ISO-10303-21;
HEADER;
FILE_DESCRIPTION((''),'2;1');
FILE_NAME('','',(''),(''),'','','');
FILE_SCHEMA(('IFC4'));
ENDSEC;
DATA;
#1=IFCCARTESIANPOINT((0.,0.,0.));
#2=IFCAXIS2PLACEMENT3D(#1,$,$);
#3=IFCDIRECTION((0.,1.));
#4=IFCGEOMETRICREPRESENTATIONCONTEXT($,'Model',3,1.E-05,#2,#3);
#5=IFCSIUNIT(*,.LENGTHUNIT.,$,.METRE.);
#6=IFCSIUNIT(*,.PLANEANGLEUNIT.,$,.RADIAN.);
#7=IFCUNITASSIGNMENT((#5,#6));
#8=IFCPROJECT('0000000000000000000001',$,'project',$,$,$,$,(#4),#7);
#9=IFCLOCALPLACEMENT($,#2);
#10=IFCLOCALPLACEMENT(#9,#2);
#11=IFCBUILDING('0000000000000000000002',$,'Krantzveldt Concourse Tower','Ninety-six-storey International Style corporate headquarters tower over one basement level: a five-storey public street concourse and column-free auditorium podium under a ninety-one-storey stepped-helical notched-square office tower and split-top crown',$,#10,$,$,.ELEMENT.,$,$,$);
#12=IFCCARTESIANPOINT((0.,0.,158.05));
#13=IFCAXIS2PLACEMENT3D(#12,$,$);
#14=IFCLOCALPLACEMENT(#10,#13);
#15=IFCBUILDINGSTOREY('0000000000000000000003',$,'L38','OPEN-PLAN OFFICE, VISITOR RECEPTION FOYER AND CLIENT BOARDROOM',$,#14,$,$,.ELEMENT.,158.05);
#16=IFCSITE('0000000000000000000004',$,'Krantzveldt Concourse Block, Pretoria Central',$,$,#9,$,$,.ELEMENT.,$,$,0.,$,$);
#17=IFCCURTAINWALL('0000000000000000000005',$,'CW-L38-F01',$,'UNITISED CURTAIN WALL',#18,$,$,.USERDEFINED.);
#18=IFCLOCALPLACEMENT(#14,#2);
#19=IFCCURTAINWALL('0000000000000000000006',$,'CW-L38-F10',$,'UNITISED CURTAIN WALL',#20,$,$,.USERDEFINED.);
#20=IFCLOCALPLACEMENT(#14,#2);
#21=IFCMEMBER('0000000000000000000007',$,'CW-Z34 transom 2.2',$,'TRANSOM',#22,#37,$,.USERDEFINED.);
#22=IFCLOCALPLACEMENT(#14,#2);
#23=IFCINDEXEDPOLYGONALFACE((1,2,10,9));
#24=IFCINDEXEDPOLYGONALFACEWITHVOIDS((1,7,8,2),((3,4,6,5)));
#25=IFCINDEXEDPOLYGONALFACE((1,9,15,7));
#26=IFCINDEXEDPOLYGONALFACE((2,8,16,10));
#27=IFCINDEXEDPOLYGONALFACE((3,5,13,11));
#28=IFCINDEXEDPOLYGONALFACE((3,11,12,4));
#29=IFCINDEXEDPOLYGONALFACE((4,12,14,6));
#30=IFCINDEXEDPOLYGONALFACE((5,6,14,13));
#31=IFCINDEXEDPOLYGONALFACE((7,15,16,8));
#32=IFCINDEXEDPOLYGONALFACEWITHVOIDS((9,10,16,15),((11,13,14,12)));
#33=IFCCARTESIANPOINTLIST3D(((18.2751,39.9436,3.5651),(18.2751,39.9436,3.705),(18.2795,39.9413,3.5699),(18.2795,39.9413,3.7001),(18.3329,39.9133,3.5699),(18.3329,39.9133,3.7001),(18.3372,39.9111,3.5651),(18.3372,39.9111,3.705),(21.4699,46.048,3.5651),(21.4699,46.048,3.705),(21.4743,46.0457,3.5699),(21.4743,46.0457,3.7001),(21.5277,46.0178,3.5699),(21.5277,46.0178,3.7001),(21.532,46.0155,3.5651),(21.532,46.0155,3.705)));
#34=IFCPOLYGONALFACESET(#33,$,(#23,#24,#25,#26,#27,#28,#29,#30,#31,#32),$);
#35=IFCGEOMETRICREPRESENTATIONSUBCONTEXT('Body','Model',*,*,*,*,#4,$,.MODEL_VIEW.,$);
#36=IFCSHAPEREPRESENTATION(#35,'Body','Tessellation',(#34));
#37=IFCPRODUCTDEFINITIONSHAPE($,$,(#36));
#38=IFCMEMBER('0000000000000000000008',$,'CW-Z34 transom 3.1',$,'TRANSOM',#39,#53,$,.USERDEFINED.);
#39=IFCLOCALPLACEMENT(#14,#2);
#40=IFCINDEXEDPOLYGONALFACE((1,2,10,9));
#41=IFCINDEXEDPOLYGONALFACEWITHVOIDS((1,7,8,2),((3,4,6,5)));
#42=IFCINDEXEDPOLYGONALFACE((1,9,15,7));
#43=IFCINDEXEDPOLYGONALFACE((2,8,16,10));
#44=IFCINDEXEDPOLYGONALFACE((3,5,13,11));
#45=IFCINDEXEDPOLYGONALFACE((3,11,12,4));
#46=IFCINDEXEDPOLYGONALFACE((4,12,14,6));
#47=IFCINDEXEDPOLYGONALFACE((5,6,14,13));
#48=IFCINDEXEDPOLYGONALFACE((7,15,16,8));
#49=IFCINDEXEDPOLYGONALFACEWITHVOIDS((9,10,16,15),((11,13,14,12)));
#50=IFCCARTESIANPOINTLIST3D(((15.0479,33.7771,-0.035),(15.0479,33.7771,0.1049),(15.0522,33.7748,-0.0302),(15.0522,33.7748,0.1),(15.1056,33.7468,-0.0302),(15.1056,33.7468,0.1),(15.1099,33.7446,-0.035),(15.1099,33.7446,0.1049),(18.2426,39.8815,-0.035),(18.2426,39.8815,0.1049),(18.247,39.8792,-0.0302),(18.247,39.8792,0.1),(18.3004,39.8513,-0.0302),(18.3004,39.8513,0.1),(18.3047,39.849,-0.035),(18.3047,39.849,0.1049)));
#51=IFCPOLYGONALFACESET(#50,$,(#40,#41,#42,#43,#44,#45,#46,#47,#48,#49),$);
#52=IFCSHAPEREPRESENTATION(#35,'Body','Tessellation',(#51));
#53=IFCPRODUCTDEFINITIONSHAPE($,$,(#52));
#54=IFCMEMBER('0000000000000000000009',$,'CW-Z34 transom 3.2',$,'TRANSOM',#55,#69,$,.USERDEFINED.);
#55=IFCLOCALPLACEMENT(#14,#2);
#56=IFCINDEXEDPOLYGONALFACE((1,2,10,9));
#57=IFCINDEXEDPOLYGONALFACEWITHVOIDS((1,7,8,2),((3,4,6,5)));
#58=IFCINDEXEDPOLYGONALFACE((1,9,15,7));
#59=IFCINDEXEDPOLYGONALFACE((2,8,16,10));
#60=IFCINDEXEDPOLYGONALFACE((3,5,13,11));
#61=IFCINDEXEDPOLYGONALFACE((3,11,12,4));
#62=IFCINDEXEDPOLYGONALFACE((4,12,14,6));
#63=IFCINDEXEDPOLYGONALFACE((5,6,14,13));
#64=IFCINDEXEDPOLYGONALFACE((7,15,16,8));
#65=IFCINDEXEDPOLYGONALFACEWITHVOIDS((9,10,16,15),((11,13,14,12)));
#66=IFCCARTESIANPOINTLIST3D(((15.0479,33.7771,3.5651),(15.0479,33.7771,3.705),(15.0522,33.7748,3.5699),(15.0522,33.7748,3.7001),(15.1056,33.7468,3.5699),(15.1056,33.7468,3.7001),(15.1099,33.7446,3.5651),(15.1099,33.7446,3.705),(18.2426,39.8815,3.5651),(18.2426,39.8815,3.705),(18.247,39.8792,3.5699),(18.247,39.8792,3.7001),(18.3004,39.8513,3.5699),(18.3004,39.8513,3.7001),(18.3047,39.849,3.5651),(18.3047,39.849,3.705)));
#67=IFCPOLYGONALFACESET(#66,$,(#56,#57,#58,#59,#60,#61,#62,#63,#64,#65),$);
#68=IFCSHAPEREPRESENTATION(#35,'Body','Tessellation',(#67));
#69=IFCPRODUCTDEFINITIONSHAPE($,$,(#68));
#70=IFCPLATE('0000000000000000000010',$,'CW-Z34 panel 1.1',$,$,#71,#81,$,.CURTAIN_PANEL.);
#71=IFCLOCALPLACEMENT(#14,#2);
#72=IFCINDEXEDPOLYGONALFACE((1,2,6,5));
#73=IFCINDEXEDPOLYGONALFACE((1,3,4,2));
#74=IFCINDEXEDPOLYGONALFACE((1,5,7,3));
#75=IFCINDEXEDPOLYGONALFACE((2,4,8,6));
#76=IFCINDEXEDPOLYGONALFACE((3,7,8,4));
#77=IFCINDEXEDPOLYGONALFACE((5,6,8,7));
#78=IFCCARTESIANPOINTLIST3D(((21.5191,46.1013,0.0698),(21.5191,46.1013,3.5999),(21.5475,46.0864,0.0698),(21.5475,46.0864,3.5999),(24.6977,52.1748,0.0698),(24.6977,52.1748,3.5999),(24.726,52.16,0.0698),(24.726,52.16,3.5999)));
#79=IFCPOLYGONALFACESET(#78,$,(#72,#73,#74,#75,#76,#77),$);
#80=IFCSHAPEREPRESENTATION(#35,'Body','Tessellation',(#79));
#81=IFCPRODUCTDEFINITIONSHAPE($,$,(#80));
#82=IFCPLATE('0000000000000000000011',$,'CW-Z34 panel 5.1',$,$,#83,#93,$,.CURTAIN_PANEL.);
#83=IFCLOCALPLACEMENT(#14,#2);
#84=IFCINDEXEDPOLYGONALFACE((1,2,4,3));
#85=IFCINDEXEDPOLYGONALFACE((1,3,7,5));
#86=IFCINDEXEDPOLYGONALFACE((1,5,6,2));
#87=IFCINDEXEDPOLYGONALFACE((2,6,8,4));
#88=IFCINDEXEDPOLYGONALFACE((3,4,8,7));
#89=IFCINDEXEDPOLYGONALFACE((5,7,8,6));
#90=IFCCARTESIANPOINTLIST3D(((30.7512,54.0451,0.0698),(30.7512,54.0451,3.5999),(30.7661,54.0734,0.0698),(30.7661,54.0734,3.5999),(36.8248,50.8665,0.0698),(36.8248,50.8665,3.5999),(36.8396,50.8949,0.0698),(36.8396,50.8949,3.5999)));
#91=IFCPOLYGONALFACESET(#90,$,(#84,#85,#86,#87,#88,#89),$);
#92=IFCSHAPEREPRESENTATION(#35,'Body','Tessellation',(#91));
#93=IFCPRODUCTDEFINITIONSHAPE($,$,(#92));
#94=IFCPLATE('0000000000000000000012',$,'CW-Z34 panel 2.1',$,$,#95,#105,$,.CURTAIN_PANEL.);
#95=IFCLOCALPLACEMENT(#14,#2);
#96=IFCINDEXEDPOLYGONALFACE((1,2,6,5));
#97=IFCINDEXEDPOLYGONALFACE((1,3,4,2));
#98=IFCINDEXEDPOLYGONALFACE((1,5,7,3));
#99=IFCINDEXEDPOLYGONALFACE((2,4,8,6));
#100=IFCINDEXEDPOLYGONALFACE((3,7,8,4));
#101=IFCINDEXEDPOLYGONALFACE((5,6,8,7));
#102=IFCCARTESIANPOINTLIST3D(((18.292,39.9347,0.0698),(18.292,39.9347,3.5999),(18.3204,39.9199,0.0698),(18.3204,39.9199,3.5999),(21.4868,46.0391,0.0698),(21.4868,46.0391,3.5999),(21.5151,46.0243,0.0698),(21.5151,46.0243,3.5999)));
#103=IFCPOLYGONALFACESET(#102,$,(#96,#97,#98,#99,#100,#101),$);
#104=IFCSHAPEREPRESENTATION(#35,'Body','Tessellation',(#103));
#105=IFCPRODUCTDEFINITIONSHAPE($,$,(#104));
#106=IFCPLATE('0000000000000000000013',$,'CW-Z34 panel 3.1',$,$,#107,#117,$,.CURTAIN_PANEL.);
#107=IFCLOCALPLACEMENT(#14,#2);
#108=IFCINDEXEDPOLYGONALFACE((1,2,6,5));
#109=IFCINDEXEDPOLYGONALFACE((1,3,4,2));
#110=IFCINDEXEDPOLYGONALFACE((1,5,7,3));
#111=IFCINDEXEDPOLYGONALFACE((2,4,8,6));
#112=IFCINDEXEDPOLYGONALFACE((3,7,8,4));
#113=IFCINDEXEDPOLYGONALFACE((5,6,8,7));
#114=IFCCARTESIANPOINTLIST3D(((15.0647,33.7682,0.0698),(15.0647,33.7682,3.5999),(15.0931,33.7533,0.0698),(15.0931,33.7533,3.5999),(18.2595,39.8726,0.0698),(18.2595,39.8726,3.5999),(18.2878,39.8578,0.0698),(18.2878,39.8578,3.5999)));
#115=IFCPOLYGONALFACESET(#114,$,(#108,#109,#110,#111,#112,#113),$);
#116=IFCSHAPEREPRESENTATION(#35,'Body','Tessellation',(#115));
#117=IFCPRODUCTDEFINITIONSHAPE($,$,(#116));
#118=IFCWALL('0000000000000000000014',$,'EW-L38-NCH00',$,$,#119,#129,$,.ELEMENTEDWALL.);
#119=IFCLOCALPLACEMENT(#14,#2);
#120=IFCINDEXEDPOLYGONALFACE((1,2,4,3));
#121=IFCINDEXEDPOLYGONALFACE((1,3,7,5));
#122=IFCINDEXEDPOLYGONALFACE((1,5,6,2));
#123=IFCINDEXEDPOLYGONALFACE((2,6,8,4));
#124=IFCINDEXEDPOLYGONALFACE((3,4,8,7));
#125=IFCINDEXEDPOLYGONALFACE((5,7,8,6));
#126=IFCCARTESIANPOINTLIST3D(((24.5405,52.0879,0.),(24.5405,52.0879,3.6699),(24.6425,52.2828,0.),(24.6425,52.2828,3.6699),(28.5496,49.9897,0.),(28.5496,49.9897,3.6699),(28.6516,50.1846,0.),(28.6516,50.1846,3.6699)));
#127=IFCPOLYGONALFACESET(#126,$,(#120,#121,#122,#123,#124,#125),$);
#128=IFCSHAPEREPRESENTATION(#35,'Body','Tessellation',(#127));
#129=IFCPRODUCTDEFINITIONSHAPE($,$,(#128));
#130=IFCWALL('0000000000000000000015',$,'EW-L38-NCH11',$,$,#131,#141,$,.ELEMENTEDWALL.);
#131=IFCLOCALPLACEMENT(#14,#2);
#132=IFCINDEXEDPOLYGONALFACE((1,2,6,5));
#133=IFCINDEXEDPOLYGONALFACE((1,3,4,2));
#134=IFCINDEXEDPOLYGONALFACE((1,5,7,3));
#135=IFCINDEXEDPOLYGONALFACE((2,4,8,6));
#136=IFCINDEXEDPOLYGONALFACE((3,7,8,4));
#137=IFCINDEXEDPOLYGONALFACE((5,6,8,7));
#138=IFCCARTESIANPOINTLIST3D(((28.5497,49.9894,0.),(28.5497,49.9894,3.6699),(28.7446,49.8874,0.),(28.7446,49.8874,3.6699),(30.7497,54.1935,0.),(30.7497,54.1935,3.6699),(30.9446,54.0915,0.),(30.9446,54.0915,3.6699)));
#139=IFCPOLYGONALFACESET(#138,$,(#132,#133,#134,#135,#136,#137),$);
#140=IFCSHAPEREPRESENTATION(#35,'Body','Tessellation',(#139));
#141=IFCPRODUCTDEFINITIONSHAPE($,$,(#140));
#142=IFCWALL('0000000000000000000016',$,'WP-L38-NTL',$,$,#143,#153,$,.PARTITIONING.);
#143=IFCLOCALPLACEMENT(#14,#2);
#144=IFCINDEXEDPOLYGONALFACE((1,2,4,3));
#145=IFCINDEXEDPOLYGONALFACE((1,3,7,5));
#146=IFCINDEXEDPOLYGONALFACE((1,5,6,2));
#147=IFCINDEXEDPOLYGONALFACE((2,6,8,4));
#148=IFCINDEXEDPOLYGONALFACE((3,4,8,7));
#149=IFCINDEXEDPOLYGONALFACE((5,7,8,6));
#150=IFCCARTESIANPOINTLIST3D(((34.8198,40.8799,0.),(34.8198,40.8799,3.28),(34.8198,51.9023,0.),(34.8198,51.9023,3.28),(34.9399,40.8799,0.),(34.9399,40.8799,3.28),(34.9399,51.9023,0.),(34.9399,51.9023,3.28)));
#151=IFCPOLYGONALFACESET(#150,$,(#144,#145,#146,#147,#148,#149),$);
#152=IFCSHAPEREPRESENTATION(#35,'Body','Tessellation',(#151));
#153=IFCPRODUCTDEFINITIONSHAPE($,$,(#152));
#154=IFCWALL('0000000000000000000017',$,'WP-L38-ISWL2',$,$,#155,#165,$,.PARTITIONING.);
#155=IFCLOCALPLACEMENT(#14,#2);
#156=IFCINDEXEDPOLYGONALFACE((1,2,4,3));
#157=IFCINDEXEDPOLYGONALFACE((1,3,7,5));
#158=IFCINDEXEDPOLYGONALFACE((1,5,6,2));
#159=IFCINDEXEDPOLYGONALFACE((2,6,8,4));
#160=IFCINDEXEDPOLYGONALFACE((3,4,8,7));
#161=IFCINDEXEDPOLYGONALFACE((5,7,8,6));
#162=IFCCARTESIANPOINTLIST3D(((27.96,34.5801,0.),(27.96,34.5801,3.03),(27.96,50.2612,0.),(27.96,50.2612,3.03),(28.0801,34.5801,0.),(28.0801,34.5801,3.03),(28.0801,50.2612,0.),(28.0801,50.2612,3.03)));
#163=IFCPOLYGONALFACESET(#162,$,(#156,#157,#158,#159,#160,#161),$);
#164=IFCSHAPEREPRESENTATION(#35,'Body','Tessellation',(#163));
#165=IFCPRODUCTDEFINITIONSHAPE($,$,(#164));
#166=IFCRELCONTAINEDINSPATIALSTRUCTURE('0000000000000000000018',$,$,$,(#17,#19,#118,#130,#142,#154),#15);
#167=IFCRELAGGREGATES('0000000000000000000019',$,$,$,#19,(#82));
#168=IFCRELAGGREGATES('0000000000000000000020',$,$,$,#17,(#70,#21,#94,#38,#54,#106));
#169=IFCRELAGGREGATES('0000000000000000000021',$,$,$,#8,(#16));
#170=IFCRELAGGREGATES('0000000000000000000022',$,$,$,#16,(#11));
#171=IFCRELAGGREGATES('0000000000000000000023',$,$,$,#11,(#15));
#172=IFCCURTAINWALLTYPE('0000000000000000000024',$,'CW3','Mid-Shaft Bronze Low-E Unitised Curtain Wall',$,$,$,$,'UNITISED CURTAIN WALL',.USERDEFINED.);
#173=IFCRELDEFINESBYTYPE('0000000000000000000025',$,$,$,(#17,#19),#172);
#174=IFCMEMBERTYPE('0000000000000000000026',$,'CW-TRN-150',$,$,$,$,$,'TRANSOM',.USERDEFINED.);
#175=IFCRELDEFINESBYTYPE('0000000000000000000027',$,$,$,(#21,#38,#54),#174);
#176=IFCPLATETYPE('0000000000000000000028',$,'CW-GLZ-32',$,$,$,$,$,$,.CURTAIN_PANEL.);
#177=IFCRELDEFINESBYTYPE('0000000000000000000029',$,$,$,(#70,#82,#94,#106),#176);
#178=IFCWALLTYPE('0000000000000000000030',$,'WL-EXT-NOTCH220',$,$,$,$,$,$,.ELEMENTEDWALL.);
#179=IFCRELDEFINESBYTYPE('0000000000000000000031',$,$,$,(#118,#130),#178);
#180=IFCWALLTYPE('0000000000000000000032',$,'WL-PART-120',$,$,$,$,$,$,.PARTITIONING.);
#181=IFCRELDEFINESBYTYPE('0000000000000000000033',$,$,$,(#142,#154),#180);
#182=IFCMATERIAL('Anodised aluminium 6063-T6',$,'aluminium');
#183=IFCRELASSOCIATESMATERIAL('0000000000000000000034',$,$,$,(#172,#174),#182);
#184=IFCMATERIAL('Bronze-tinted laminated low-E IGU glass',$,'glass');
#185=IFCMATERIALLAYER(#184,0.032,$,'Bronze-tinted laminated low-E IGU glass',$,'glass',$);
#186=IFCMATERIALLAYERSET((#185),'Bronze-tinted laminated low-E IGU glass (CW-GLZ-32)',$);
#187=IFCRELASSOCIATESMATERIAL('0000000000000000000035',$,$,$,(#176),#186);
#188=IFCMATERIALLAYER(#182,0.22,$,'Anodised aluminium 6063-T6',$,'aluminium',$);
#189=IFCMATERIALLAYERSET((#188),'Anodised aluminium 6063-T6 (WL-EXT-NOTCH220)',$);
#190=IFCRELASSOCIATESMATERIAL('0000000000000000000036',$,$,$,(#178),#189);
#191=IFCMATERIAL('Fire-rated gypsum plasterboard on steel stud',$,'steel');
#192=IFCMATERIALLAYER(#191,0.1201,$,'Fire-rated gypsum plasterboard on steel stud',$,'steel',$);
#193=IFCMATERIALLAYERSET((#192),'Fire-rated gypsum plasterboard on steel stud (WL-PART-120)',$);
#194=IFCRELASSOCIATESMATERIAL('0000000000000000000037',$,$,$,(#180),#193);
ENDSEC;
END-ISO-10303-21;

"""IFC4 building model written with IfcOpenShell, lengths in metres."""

from ifc_helpers import new_model, si_unit, direction, frame, frame_2d, origin, origin_2d, place, context, subcontext, project, spatial, rectangle, hollow_rectangle, extrude, source, transform, mapped, material, layer, layer_set, material_profile, profile_set, type_object, type_shapes, element, aggregate, save


model = new_model("IFC4")

# Units and contexts
model_context = context("Model", 3, precision=1e-05, world=origin(), true_north=direction((0.0, 1.0)))
body_context = subcontext(model_context, "Body", "Model", "MODEL_VIEW")
ifc_project = project(units=[si_unit("LENGTHUNIT", "METRE"), si_unit("PLANEANGLEUNIT", "RADIAN")], contexts=[model_context])

# Site, building, storey
site_placement = place(None, origin())
site = spatial("IfcSite", under=ifc_project, at=site_placement, Name="Krantzveldt Concourse Block, Pretoria Central", CompositionType="ELEMENT", RefElevation=0.0)
building_placement = place(site_placement, origin())
building = spatial("IfcBuilding", under=site, at=building_placement, Name="Krantzveldt Concourse Tower", Description="Ninety-six-storey International Style corporate headquarters tower over one basement level: a five-storey public street concourse and column-free auditorium podium under a ninety-one-storey stepped-helical notched-square office tower and split-top crown", CompositionType="ELEMENT")
storey_placement = place(building_placement, frame((0.0, 0.0, 158.05)))
storey = spatial("IfcBuildingStorey", under=building, at=storey_placement, Name="L38", Description="OPEN-PLAN OFFICE, VISITOR RECEPTION FOYER AND CLIENT BOARDROOM", CompositionType="ELEMENT", Elevation=158.05)

# Curtain wall
ifc_material_1 = material(Name="Anodised aluminium 6063-T6", Category="aluminium")
curtain_wall_type = type_object("IfcCurtainWallType", Name="CW3", Description="Mid-Shaft Bronze Low-E Unitised Curtain Wall", ElementType="UNITISED CURTAIN WALL", PredefinedType="USERDEFINED", material=ifc_material_1)
curtain_wall_1_placement = place(storey_placement, origin())
curtain_wall_1 = element("IfcCurtainWall", 1, at=curtain_wall_1_placement, inside=storey, type_object=curtain_wall_type, Name="CW-L38-F01", ObjectType="UNITISED CURTAIN WALL", PredefinedType="USERDEFINED")

# Curtain wall
curtain_wall_2_placement = place(storey_placement, origin())
curtain_wall_2 = element("IfcCurtainWall", 2, at=curtain_wall_2_placement, inside=storey, type_object=curtain_wall_type, Name="CW-L38-F10", ObjectType="UNITISED CURTAIN WALL", PredefinedType="USERDEFINED")

# Members
ifc_material_profile_1 = material_profile(ifc_material_1, hollow_rectangle(XDim=0.0701, YDim=0.1399, WallThickness=0.0049, at=origin_2d()), Name="Anodised aluminium 6063-T6", Category="aluminium")
ifc_profile_set_1 = profile_set([ifc_material_profile_1], Name="Anodised aluminium 6063-T6 - ALU-TRAN 140x70x5")
member_type_1 = type_object("IfcMemberType", Name="CW-TRN-150", ElementType="TRANSOM", PredefinedType="USERDEFINED", material=ifc_profile_set_1)
shared_shape_1 = source(origin(), body_context, "Body", "SweptSolid", [
    extrude(hollow_rectangle(XDim=0.0701, YDim=0.1399, WallThickness=0.0049, at=origin_2d()), origin(), (0.0, 0.0, 1.0), 6.8899),
])
member_1_placement = place(storey_placement, frame((21.501, 46.0317, 3.635), z_axis=(-0.463692, -0.885997, 0.0), x_axis=(0.885997, -0.463692, 0.0)))
member_1 = element("IfcMember", 3, at=member_1_placement, type_object=member_type_1, Name="CW-Z34 transom 2.2", ObjectType="TRANSOM", PredefinedType="USERDEFINED", context=body_context, shape_type="MappedRepresentation", body=[
    mapped(shared_shape_1, transform((0.0, 0.0, 0.0), x_axis=(1.0, 0.0, 0.0), y_axis=(0.0, 1.0, 0.0), z_axis=(0.0, 0.0, 1.0), scale=1.0)),
])
member_2_placement = place(storey_placement, frame((18.2737, 39.8652, 0.0349), z_axis=(-0.463692, -0.885997, 0.0), x_axis=(0.885997, -0.463692, 0.0)))
member_2 = element("IfcMember", 4, at=member_2_placement, type_object=member_type_1, Name="CW-Z34 transom 3.1", ObjectType="TRANSOM", PredefinedType="USERDEFINED", context=body_context, shape_type="MappedRepresentation", body=[
    mapped(shared_shape_1, transform((0.0, 0.0, 0.0), x_axis=(1.0, 0.0, 0.0), y_axis=(0.0, 1.0, 0.0), z_axis=(0.0, 0.0, 1.0), scale=1.0)),
])
member_3_placement = place(storey_placement, frame((18.2737, 39.8652, 3.635), z_axis=(-0.463692, -0.885997, 0.0), x_axis=(0.885997, -0.463692, 0.0)))
member_3 = element("IfcMember", 5, at=member_3_placement, type_object=member_type_1, Name="CW-Z34 transom 3.2", ObjectType="TRANSOM", PredefinedType="USERDEFINED", context=body_context, shape_type="MappedRepresentation", body=[
    mapped(shared_shape_1, transform((0.0, 0.0, 0.0), x_axis=(1.0, 0.0, 0.0), y_axis=(0.0, 1.0, 0.0), z_axis=(0.0, 0.0, 1.0), scale=1.0)),
])

# Plates
ifc_material_2 = material(Name="Bronze-tinted laminated low-E IGU glass", Category="glass")
ifc_layer_1 = layer(ifc_material_2, 0.032, Name="Bronze-tinted laminated low-E IGU glass", Category="glass")
ifc_layer_set_1 = layer_set([ifc_layer_1], Name="Bronze-tinted laminated low-E IGU glass (CW-GLZ-32)")
plate_type = type_object("IfcPlateType", Name="CW-GLZ-32", PredefinedType="CURTAIN_PANEL", material=ifc_layer_set_1)
shared_shape_2 = source(origin(), body_context, "Body", "SweptSolid", [
    extrude(rectangle(XDim=6.855, YDim=0.032, at=origin_2d()), origin(), (0.0, 0.0, 1.0), 3.53),
])
plate_1_placement = place(storey_placement, frame((23.1226, 49.1306, 0.0698), z_axis=(0.0, 0.0, 1.0), x_axis=(-0.463683, -0.886001, 0.0)))
plate_1 = element("IfcPlate", 6, at=plate_1_placement, type_object=plate_type, Name="CW-Z34 panel 1.1", PredefinedType="CURTAIN_PANEL", context=body_context, shape_type="MappedRepresentation", body=[
    mapped(shared_shape_2, transform((0.0, 0.0, 0.0), x_axis=(1.0, 0.0, 0.0), y_axis=(0.0, 1.0, 0.0), z_axis=(0.0, 0.0, 1.0), scale=1.0)),
])
plate_2_placement = place(storey_placement, frame((33.7954, 52.47, 0.0698), z_axis=(0.0, 0.0, 1.0), x_axis=(-0.886001, 0.463683, 0.0)))
plate_2 = element("IfcPlate", 7, at=plate_2_placement, type_object=plate_type, Name="CW-Z34 panel 5.1", PredefinedType="CURTAIN_PANEL", context=body_context, shape_type="MappedRepresentation", body=[
    mapped(shared_shape_2, transform((0.0, 0.0, 0.0), x_axis=(1.0, 0.0, 0.0), y_axis=(0.0, 1.0, 0.0), z_axis=(0.0, 0.0, 1.0), scale=1.0)),
])
aggregate(curtain_wall_2, [plate_2])
shared_shape_3 = source(origin(), body_context, "Body", "SweptSolid", [
    extrude(rectangle(XDim=6.8899, YDim=0.032, at=origin_2d()), origin(), (0.0, 0.0, 1.0), 3.53),
])
type_shapes(plate_type, [shared_shape_2, shared_shape_3])
plate_3_placement = place(storey_placement, frame((19.9036, 42.9795, 0.0698), z_axis=(0.0, 0.0, 1.0), x_axis=(-0.463683, -0.886001, 0.0)))
plate_3 = element("IfcPlate", 8, at=plate_3_placement, type_object=plate_type, Name="CW-Z34 panel 2.1", PredefinedType="CURTAIN_PANEL", context=body_context, shape_type="MappedRepresentation", body=[
    mapped(shared_shape_3, transform((0.0, 0.0, 0.0), x_axis=(1.0, 0.0, 0.0), y_axis=(0.0, 1.0, 0.0), z_axis=(0.0, 0.0, 1.0), scale=1.0)),
])
plate_4_placement = place(storey_placement, frame((16.6763, 36.813, 0.0698), z_axis=(0.0, 0.0, 1.0), x_axis=(-0.463683, -0.886001, 0.0)))
plate_4 = element("IfcPlate", 9, at=plate_4_placement, type_object=plate_type, Name="CW-Z34 panel 3.1", PredefinedType="CURTAIN_PANEL", context=body_context, shape_type="MappedRepresentation", body=[
    mapped(shared_shape_3, transform((0.0, 0.0, 0.0), x_axis=(1.0, 0.0, 0.0), y_axis=(0.0, 1.0, 0.0), z_axis=(0.0, 0.0, 1.0), scale=1.0)),
])
aggregate(curtain_wall_1, [plate_1, member_1, plate_3, member_2, member_3, plate_4])

# Walls
ifc_layer_2 = layer(ifc_material_1, 0.22, Name="Anodised aluminium 6063-T6", Category="aluminium")
ifc_layer_set_2 = layer_set([ifc_layer_2], Name="Anodised aluminium 6063-T6 (WL-EXT-NOTCH220)")
wall_type_1 = type_object("IfcWallType", Name="WL-EXT-NOTCH220", PredefinedType="ELEMENTEDWALL", material=ifc_layer_set_2)
wall_1_placement = place(storey_placement, frame((28.6006, 50.0872, 0.0), z_axis=(0.0, 0.0, 1.0), x_axis=(-0.885997, 0.46369, 0.0)))
element("IfcWall", 10, at=wall_1_placement, inside=storey, type_object=wall_type_1, Name="EW-L38-NCH00", PredefinedType="ELEMENTEDWALL", context=body_context, shape_type="SweptSolid", body=[
    extrude(rectangle(XDim=4.5249, YDim=0.22, at=frame_2d((2.2625, 0.0))), origin(), (0.0, 0.0, 1.0), 3.6699),
])
wall_2_placement = place(storey_placement, frame((30.8472, 54.1426, 0.0), z_axis=(0.0, 0.0, 1.0), x_axis=(-0.463644, -0.886022, 0.0)))
element("IfcWall", 11, at=wall_2_placement, inside=storey, type_object=wall_type_1, Name="EW-L38-NCH11", PredefinedType="ELEMENTEDWALL", context=body_context, shape_type="SweptSolid", body=[
    extrude(rectangle(XDim=4.7449, YDim=0.22, at=frame_2d((2.3726, 0.0))), origin(), (0.0, 0.0, 1.0), 3.6699),
])
ifc_material_3 = material(Name="Fire-rated gypsum plasterboard on steel stud", Category="steel")
ifc_layer_3 = layer(ifc_material_3, 0.1201, Name="Fire-rated gypsum plasterboard on steel stud", Category="steel")
ifc_layer_set_3 = layer_set([ifc_layer_3], Name="Fire-rated gypsum plasterboard on steel stud (WL-PART-120)")
wall_type_2 = type_object("IfcWallType", Name="WL-PART-120", PredefinedType="PARTITIONING", material=ifc_layer_set_3)
wall_3_placement = place(storey_placement, frame((34.8799, 40.8799, 0.0), z_axis=(0.0, 0.0, 1.0), x_axis=(0.0, 1.0, 0.0)))
element("IfcWall", 12, at=wall_3_placement, inside=storey, type_object=wall_type_2, Name="WP-L38-NTL", PredefinedType="PARTITIONING", context=body_context, shape_type="SweptSolid", body=[
    extrude(rectangle(XDim=11.0225, YDim=0.1201, at=frame_2d((5.5112, 0.0))), origin(), (0.0, 0.0, 1.0), 3.28),
])
wall_4_placement = place(storey_placement, frame((28.02, 34.5801, 0.0), z_axis=(0.0, 0.0, 1.0), x_axis=(0.0, 1.0, 0.0)))
element("IfcWall", 13, at=wall_4_placement, inside=storey, type_object=wall_type_2, Name="WP-L38-ISWL2", PredefinedType="PARTITIONING", context=body_context, shape_type="SweptSolid", body=[
    extrude(rectangle(XDim=15.6812, YDim=0.1201, at=frame_2d((7.8406, 0.0))), origin(), (0.0, 0.0, 1.0), 3.03),
])

save(model, "model.ifc")
